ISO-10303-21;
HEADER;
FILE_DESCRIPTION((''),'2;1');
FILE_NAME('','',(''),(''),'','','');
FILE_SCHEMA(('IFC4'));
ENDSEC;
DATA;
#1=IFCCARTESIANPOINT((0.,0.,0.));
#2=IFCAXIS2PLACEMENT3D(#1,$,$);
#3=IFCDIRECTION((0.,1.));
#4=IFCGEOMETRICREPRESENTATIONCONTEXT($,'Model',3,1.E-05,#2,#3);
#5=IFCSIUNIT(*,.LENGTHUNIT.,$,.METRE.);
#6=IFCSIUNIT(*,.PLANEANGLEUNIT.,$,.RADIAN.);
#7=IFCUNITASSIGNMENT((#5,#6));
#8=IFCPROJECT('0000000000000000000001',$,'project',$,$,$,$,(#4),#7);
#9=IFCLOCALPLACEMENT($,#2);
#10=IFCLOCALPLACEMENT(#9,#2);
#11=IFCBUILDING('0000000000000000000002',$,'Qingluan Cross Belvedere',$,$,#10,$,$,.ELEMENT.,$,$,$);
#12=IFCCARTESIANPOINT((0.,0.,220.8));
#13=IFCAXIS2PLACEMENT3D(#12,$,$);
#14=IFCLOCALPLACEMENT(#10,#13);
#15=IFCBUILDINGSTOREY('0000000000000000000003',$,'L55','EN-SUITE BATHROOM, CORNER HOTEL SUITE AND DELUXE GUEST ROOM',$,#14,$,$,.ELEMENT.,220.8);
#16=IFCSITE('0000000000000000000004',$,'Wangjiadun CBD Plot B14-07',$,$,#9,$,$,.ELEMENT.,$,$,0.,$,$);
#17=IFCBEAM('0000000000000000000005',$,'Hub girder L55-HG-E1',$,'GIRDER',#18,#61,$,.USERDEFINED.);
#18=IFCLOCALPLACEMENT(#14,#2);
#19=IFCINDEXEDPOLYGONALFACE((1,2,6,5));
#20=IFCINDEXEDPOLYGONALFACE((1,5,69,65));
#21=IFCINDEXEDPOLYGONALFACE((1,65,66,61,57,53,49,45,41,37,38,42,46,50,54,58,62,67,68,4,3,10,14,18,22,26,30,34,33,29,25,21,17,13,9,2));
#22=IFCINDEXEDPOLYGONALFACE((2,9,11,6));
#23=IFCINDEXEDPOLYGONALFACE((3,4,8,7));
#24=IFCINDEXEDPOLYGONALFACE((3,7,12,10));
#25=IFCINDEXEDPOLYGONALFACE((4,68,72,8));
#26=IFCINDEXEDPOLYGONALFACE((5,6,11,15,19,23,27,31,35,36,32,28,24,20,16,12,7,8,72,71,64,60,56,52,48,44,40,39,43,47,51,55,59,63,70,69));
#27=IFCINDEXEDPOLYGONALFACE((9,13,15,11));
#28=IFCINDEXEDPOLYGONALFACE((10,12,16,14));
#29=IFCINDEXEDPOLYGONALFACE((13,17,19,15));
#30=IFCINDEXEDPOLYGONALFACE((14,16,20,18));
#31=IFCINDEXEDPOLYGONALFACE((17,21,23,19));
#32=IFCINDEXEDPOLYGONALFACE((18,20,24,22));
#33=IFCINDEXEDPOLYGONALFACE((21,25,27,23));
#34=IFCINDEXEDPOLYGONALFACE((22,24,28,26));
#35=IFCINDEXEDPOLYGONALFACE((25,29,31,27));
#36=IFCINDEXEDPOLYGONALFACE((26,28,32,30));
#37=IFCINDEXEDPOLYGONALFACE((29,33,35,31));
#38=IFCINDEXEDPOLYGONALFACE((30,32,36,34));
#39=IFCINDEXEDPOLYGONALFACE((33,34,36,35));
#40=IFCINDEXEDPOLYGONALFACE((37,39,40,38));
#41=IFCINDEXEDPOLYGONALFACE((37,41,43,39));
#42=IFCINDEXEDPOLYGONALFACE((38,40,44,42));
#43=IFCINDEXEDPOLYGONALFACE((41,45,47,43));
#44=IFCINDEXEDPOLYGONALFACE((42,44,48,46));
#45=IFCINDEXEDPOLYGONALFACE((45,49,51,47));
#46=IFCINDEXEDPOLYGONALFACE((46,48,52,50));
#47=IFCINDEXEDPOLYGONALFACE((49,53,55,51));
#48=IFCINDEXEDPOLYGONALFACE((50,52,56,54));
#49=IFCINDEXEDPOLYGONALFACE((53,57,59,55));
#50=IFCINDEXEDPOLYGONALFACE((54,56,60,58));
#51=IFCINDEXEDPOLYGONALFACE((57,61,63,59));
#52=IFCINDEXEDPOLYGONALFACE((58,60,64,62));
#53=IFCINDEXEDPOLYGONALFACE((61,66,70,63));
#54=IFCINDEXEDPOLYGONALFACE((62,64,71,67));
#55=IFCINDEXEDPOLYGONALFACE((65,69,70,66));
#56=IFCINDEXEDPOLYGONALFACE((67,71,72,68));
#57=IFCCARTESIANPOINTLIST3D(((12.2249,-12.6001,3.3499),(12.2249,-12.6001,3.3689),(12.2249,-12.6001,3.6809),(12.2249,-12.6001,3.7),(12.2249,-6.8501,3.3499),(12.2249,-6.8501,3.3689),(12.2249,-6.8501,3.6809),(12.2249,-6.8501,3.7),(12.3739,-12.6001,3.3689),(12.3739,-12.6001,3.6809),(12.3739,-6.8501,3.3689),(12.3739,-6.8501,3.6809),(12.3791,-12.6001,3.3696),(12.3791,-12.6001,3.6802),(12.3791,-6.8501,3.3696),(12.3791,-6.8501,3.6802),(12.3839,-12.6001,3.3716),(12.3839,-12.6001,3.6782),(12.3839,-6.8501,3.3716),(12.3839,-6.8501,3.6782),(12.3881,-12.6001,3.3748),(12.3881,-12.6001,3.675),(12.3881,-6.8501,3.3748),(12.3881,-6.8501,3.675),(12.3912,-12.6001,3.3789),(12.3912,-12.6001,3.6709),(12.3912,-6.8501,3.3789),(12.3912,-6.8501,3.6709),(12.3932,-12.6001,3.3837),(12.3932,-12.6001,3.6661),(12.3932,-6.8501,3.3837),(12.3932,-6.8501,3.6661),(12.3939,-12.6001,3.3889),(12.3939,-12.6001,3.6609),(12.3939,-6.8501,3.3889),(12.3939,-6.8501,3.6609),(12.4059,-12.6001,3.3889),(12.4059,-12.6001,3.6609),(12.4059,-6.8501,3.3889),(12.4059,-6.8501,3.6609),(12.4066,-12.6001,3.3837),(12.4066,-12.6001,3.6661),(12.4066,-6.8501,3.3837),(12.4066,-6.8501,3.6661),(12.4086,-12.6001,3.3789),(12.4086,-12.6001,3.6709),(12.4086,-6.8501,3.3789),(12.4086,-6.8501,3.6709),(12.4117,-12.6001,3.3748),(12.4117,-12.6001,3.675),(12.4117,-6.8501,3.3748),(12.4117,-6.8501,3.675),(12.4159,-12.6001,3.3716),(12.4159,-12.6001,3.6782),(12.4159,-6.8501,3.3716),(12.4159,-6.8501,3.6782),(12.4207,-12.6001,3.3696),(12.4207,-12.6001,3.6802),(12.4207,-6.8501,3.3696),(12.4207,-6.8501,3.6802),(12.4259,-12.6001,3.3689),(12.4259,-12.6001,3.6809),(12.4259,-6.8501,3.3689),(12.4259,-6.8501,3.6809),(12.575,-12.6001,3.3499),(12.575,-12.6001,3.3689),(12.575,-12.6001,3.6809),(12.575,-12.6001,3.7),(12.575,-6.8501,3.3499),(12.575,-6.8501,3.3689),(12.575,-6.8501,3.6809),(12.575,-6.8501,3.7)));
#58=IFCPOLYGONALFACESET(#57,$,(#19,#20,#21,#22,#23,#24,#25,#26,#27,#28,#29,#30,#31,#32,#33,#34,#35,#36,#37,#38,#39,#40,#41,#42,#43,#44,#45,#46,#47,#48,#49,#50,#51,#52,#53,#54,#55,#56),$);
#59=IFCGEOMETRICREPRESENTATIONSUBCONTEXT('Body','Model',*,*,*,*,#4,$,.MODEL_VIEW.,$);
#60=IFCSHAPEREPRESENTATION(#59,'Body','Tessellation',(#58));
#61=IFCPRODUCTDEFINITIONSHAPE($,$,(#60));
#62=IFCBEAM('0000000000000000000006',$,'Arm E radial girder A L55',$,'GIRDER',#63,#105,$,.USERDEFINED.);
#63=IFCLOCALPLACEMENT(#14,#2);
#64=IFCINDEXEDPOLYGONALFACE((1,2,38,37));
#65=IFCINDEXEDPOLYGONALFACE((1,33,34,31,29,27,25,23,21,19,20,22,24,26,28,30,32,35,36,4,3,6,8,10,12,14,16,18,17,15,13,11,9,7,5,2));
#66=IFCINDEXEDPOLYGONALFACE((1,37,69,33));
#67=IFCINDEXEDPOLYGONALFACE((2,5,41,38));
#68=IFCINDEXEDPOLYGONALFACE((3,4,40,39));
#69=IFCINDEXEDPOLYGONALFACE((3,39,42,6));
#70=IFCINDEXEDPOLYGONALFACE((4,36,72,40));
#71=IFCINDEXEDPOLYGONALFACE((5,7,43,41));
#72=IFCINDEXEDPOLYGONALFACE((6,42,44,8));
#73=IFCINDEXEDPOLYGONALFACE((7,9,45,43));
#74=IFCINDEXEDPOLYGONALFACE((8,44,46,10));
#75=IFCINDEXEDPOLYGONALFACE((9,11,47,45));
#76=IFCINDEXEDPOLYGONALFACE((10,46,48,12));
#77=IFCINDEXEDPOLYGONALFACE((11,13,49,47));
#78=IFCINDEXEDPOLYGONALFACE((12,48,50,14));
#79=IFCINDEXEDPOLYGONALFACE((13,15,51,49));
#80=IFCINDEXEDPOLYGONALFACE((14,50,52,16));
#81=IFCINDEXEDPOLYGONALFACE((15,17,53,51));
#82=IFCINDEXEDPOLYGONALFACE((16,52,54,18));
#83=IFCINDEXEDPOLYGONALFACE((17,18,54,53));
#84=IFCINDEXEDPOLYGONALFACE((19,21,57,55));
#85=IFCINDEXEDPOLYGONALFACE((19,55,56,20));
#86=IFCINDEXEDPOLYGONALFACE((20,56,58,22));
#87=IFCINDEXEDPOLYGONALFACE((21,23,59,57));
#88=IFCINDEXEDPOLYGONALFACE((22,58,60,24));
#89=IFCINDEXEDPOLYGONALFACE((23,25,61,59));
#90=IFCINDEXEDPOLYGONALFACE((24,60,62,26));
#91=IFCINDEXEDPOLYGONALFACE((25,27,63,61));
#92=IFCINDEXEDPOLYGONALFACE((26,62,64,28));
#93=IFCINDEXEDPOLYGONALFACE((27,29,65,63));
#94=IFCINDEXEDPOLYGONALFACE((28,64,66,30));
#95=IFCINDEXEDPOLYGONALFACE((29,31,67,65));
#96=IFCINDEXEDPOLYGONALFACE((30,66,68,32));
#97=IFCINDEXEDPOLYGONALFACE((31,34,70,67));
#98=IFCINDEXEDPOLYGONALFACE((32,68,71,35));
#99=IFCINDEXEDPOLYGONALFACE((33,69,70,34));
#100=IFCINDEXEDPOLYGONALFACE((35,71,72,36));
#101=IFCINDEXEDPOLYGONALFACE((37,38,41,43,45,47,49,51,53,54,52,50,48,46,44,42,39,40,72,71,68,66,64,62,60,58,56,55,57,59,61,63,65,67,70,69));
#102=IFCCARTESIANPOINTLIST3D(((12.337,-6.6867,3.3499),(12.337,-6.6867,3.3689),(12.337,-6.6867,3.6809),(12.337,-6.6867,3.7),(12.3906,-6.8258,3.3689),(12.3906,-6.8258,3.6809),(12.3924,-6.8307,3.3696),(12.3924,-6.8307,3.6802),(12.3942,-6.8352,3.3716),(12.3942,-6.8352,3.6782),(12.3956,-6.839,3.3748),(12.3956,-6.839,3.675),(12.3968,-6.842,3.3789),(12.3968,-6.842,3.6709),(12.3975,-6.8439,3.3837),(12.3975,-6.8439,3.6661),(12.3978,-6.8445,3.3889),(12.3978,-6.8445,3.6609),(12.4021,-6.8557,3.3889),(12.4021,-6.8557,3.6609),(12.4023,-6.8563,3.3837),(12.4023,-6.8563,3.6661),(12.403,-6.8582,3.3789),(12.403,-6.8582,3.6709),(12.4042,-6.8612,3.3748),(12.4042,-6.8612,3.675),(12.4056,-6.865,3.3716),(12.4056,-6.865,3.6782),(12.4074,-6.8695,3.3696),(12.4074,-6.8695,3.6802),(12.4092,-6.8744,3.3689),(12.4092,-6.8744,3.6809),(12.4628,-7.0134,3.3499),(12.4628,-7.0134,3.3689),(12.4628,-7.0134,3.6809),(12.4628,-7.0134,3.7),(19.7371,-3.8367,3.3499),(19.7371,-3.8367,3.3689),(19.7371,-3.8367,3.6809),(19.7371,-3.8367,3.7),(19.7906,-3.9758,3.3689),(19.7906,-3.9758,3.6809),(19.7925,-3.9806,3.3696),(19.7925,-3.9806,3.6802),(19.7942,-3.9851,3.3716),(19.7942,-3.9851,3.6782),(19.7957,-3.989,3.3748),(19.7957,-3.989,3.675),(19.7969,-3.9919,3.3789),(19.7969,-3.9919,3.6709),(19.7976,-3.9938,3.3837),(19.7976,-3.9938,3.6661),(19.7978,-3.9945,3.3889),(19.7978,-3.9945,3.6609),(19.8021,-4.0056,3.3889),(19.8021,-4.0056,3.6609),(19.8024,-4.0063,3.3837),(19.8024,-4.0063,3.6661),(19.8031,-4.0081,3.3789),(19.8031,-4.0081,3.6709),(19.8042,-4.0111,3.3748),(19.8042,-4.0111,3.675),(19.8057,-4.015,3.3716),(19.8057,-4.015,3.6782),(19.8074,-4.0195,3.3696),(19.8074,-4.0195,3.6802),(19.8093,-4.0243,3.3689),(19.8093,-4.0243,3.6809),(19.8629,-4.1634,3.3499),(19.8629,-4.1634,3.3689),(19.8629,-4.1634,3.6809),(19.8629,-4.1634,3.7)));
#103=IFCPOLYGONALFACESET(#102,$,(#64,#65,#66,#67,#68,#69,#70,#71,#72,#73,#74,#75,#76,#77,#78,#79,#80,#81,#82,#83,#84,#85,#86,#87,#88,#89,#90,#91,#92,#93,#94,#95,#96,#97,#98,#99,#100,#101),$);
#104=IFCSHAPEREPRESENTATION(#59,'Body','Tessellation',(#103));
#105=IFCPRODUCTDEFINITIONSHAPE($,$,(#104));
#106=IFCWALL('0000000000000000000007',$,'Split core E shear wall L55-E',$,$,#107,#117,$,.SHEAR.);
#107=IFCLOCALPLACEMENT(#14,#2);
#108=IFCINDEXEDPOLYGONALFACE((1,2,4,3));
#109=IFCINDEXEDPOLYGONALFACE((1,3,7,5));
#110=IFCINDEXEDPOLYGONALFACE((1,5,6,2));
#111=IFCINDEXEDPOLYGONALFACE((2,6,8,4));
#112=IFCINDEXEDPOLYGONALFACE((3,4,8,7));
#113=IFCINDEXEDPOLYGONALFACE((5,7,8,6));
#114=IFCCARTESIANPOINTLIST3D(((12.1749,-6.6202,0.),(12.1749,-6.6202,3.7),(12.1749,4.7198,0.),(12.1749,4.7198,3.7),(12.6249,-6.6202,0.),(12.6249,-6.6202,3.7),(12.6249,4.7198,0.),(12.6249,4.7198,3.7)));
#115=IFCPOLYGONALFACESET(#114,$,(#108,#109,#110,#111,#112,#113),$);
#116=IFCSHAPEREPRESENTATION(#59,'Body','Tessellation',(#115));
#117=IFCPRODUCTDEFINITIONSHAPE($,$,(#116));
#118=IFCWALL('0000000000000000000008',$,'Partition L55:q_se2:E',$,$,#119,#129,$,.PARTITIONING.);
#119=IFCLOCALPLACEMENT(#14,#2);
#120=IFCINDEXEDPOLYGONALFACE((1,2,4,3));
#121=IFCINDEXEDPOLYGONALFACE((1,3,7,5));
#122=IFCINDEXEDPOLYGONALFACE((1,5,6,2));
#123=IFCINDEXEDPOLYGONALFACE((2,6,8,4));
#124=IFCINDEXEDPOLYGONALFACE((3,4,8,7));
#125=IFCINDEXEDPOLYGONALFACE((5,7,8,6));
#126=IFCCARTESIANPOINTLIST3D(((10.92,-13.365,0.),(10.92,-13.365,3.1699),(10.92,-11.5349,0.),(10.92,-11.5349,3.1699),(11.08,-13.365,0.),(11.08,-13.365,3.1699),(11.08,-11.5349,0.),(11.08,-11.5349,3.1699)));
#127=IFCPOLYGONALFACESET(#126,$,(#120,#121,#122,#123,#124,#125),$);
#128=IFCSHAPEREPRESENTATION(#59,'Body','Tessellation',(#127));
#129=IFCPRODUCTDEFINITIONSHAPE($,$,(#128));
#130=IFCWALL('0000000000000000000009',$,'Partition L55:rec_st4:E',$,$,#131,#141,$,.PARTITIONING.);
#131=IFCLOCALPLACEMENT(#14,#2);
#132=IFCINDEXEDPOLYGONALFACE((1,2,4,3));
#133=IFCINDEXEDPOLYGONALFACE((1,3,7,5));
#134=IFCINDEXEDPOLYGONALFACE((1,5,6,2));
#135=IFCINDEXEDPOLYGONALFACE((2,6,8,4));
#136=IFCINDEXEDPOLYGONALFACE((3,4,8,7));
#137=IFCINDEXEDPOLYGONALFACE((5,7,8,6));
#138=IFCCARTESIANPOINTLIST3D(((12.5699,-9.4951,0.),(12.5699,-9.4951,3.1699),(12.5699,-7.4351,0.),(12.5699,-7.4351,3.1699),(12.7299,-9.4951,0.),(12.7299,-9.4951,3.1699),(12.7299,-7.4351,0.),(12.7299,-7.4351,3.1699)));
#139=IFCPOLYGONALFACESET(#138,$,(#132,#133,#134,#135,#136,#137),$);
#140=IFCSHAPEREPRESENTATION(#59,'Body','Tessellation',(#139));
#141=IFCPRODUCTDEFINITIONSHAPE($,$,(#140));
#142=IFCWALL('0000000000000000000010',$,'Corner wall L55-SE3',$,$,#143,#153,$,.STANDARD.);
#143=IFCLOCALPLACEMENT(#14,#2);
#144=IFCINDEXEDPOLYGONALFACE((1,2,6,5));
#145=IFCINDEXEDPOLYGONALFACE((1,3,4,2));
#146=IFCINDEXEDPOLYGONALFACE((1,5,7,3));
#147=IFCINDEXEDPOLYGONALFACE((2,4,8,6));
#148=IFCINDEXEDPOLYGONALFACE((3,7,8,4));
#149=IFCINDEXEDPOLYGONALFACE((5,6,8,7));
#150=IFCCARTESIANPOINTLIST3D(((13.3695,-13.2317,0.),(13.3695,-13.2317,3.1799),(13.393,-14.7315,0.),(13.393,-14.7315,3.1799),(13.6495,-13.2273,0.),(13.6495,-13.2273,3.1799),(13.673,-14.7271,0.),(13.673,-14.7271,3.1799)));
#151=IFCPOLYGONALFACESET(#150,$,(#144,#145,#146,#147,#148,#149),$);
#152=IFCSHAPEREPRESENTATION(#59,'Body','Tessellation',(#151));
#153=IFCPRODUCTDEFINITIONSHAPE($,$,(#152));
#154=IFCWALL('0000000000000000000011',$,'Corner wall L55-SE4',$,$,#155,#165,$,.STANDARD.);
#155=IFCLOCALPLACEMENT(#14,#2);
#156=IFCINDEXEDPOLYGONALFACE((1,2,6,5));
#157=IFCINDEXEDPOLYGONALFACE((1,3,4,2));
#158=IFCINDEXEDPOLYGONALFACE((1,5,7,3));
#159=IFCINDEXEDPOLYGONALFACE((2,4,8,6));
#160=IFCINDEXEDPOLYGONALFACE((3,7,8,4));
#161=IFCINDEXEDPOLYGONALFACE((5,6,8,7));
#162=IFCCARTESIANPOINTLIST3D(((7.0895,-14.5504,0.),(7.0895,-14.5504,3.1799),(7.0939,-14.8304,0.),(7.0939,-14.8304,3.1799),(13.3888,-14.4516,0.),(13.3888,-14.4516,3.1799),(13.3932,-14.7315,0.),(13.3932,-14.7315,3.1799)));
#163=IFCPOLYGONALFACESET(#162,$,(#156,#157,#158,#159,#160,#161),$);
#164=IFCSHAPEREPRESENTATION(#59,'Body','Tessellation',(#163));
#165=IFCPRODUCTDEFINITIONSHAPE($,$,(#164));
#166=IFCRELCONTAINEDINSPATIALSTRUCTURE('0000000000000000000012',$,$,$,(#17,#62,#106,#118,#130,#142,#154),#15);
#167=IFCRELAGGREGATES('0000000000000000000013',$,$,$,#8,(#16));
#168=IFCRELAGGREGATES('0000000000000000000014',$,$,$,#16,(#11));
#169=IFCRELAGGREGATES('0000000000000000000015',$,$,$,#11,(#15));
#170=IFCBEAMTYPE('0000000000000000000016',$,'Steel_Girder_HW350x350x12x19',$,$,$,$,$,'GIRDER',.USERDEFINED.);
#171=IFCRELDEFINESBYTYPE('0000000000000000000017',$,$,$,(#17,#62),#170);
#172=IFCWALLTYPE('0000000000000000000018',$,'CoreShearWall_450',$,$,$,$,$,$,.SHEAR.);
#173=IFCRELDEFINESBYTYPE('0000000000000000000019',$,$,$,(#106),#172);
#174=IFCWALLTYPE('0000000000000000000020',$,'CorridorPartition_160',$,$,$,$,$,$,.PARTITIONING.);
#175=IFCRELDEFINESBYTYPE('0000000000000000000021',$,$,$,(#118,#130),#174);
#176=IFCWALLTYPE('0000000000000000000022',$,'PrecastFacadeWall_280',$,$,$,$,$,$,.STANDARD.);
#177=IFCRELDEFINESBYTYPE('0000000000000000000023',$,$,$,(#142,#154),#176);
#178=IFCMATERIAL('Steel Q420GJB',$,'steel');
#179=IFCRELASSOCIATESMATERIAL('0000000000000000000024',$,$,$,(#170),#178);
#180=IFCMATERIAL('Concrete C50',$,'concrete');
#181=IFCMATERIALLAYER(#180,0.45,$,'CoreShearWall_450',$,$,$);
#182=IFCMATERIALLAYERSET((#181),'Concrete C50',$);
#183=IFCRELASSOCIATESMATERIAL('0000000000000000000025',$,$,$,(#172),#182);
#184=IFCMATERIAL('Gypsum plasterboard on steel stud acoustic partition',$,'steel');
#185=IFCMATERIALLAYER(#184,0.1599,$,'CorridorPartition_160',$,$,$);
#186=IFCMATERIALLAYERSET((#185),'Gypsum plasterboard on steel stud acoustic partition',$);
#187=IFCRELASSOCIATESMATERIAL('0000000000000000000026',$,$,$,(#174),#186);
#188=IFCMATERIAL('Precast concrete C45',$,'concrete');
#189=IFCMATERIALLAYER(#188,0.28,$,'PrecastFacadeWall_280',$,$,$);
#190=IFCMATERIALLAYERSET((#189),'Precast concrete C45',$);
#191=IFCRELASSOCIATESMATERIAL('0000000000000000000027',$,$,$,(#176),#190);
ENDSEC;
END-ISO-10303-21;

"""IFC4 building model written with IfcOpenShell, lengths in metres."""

from ifc_helpers import new_model, si_unit, direction, frame, frame_2d, origin, origin_2d, place, context, subcontext, project, spatial, rectangle, i_section, extrude, material, layer, layer_set, material_profile, profile_set, type_object, element, save


model = new_model("IFC4")

# Units and contexts
model_context = context("Model", 3, precision=1e-05, world=origin(), true_north=direction((0.0, 1.0)))
body_context = subcontext(model_context, "Body", "Model", "MODEL_VIEW")
ifc_project = project(units=[si_unit("LENGTHUNIT", "METRE"), si_unit("PLANEANGLEUNIT", "RADIAN")], contexts=[model_context])

# Site, building, storey
site_placement = place(None, origin())
site = spatial("IfcSite", under=ifc_project, at=site_placement, Name="Wangjiadun CBD Plot B14-07", CompositionType="ELEMENT", RefElevation=0.0)
building_placement = place(site_placement, origin())
building = spatial("IfcBuilding", under=site, at=building_placement, Name="Qingluan Cross Belvedere", CompositionType="ELEMENT")
storey_placement = place(building_placement, frame((0.0, 0.0, 220.8)))
storey = spatial("IfcBuildingStorey", under=building, at=storey_placement, Name="L55", Description="EN-SUITE BATHROOM, CORNER HOTEL SUITE AND DELUXE GUEST ROOM", CompositionType="ELEMENT", Elevation=220.8)

# Beams
ifc_material_1 = material(Name="Steel Q420GJB", Category="steel")
ifc_material_profile_1 = material_profile(ifc_material_1, i_section(OverallWidth=0.3501, OverallDepth=0.3501, WebThickness=0.012, FlangeThickness=0.019, FilletRadius=0.02, at=origin_2d()), Name="HW350x350x12x19")
ifc_profile_set_1 = profile_set([ifc_material_profile_1], Name="Steel Q420GJB")
beam_type_1 = type_object("IfcBeamType", Name="Steel_Girder_HW350x350x12x19", ElementType="GIRDER", PredefinedType="USERDEFINED", material=ifc_profile_set_1)
beam_1_placement = place(storey_placement, frame((12.3999, -12.6001, 3.5249), z_axis=(0.0, 1.0, 0.0), x_axis=(-1.0, 0.0, 0.0)))
element("IfcBeam", 1, at=beam_1_placement, inside=storey, type_object=beam_type_1, Name="Hub girder L55-HG-E1", ObjectType="GIRDER", PredefinedType="USERDEFINED", context=body_context, shape_type="SweptSolid", body=[
    extrude(i_section(OverallWidth=0.3501, OverallDepth=0.3501, WebThickness=0.012, FlangeThickness=0.019, FilletRadius=0.02, at=origin_2d()), origin(), (0.0, 0.0, 1.0), 5.75),
])
beam_2_placement = place(storey_placement, frame((12.3999, -6.8501, 3.5249), z_axis=(0.933181, 0.359406, 0.0), x_axis=(-0.359406, 0.933181, 0.0)))
element("IfcBeam", 2, at=beam_2_placement, inside=storey, type_object=beam_type_1, Name="Arm E radial girder A L55", ObjectType="GIRDER", PredefinedType="USERDEFINED", context=body_context, shape_type="SweptSolid", body=[
    extrude(i_section(OverallWidth=0.3501, OverallDepth=0.3501, WebThickness=0.012, FlangeThickness=0.019, FilletRadius=0.02, at=origin_2d()), origin(), (0.0, 0.0, 1.0), 7.9299),
])

# Walls
ifc_material_2 = material(Name="Concrete C50", Category="concrete")
ifc_layer_1 = layer(ifc_material_2, 0.45, Name="CoreShearWall_450")
ifc_layer_set_1 = layer_set([ifc_layer_1], Name="Concrete C50")
wall_type_1 = type_object("IfcWallType", Name="CoreShearWall_450", PredefinedType="SHEAR", material=ifc_layer_set_1)
wall_1_placement = place(storey_placement, frame((12.3999, -6.6201, 0.0), z_axis=(0.0, 0.0, 1.0), x_axis=(0.0, 1.0, 0.0)))
element("IfcWall", 3, at=wall_1_placement, inside=storey, type_object=wall_type_1, Name="Split core E shear wall L55-E", PredefinedType="SHEAR", context=body_context, shape_type="SweptSolid", body=[
    extrude(rectangle(XDim=11.3401, YDim=0.45, at=frame_2d((5.6699, 0.0))), origin(), (0.0, 0.0, 1.0), 3.7),
])
ifc_material_3 = material(Name="Gypsum plasterboard on steel stud acoustic partition", Category="steel")
ifc_layer_2 = layer(ifc_material_3, 0.1599, Name="CorridorPartition_160")
ifc_layer_set_2 = layer_set([ifc_layer_2], Name="Gypsum plasterboard on steel stud acoustic partition")
wall_type_2 = type_object("IfcWallType", Name="CorridorPartition_160", PredefinedType="PARTITIONING", material=ifc_layer_set_2)
wall_2_placement = place(storey_placement, frame((11.0, -13.365, 0.0), z_axis=(0.0, 0.0, 1.0), x_axis=(0.0, 1.0, 0.0)))
element("IfcWall", 4, at=wall_2_placement, inside=storey, type_object=wall_type_2, Name="Partition L55:q_se2:E", PredefinedType="PARTITIONING", context=body_context, shape_type="SweptSolid", body=[
    extrude(rectangle(XDim=1.8301, YDim=0.1599, at=frame_2d((0.915, 0.0))), origin(), (0.0, 0.0, 1.0), 3.1699),
])
wall_3_placement = place(storey_placement, frame((12.6499, -9.4951, 0.0), z_axis=(0.0, 0.0, 1.0), x_axis=(0.0, 1.0, 0.0)))
element("IfcWall", 5, at=wall_3_placement, inside=storey, type_object=wall_type_2, Name="Partition L55:rec_st4:E", PredefinedType="PARTITIONING", context=body_context, shape_type="SweptSolid", body=[
    extrude(rectangle(XDim=2.0601, YDim=0.1599, at=frame_2d((1.03, 0.0))), origin(), (0.0, 0.0, 1.0), 3.1699),
])
ifc_material_4 = material(Name="Precast concrete C45", Category="concrete")
ifc_layer_3 = layer(ifc_material_4, 0.28, Name="PrecastFacadeWall_280")
ifc_layer_set_3 = layer_set([ifc_layer_3], Name="Precast concrete C45")
wall_type_3 = type_object("IfcWallType", Name="PrecastFacadeWall_280", PredefinedType="STANDARD", material=ifc_layer_set_3)
wall_4_placement = place(storey_placement, frame((13.5095, -13.2295, 0.0), z_axis=(0.0, 0.0, 1.0), x_axis=(0.015626, -0.999878, 0.0)))
element("IfcWall", 6, at=wall_4_placement, inside=storey, type_object=wall_type_3, Name="Corner wall L55-SE3", PredefinedType="STANDARD", context=body_context, shape_type="SweptSolid", body=[
    extrude(rectangle(XDim=1.5, YDim=0.28, at=frame_2d((0.75, 0.0))), origin(), (0.0, 0.0, 1.0), 3.1799),
])
wall_5_placement = place(storey_placement, frame((13.3909, -14.5916, 0.0), z_axis=(0.0, 0.0, 1.0), x_axis=(-0.999877, -0.015695, 0.0)))
element("IfcWall", 7, at=wall_5_placement, inside=storey, type_object=wall_type_3, Name="Corner wall L55-SE4", PredefinedType="STANDARD", context=body_context, shape_type="SweptSolid", body=[
    extrude(rectangle(XDim=6.3, YDim=0.28, at=frame_2d((3.1499, 0.0))), origin(), (0.0, 0.0, 1.0), 3.1799),
])

save(model, "model.ifc")
